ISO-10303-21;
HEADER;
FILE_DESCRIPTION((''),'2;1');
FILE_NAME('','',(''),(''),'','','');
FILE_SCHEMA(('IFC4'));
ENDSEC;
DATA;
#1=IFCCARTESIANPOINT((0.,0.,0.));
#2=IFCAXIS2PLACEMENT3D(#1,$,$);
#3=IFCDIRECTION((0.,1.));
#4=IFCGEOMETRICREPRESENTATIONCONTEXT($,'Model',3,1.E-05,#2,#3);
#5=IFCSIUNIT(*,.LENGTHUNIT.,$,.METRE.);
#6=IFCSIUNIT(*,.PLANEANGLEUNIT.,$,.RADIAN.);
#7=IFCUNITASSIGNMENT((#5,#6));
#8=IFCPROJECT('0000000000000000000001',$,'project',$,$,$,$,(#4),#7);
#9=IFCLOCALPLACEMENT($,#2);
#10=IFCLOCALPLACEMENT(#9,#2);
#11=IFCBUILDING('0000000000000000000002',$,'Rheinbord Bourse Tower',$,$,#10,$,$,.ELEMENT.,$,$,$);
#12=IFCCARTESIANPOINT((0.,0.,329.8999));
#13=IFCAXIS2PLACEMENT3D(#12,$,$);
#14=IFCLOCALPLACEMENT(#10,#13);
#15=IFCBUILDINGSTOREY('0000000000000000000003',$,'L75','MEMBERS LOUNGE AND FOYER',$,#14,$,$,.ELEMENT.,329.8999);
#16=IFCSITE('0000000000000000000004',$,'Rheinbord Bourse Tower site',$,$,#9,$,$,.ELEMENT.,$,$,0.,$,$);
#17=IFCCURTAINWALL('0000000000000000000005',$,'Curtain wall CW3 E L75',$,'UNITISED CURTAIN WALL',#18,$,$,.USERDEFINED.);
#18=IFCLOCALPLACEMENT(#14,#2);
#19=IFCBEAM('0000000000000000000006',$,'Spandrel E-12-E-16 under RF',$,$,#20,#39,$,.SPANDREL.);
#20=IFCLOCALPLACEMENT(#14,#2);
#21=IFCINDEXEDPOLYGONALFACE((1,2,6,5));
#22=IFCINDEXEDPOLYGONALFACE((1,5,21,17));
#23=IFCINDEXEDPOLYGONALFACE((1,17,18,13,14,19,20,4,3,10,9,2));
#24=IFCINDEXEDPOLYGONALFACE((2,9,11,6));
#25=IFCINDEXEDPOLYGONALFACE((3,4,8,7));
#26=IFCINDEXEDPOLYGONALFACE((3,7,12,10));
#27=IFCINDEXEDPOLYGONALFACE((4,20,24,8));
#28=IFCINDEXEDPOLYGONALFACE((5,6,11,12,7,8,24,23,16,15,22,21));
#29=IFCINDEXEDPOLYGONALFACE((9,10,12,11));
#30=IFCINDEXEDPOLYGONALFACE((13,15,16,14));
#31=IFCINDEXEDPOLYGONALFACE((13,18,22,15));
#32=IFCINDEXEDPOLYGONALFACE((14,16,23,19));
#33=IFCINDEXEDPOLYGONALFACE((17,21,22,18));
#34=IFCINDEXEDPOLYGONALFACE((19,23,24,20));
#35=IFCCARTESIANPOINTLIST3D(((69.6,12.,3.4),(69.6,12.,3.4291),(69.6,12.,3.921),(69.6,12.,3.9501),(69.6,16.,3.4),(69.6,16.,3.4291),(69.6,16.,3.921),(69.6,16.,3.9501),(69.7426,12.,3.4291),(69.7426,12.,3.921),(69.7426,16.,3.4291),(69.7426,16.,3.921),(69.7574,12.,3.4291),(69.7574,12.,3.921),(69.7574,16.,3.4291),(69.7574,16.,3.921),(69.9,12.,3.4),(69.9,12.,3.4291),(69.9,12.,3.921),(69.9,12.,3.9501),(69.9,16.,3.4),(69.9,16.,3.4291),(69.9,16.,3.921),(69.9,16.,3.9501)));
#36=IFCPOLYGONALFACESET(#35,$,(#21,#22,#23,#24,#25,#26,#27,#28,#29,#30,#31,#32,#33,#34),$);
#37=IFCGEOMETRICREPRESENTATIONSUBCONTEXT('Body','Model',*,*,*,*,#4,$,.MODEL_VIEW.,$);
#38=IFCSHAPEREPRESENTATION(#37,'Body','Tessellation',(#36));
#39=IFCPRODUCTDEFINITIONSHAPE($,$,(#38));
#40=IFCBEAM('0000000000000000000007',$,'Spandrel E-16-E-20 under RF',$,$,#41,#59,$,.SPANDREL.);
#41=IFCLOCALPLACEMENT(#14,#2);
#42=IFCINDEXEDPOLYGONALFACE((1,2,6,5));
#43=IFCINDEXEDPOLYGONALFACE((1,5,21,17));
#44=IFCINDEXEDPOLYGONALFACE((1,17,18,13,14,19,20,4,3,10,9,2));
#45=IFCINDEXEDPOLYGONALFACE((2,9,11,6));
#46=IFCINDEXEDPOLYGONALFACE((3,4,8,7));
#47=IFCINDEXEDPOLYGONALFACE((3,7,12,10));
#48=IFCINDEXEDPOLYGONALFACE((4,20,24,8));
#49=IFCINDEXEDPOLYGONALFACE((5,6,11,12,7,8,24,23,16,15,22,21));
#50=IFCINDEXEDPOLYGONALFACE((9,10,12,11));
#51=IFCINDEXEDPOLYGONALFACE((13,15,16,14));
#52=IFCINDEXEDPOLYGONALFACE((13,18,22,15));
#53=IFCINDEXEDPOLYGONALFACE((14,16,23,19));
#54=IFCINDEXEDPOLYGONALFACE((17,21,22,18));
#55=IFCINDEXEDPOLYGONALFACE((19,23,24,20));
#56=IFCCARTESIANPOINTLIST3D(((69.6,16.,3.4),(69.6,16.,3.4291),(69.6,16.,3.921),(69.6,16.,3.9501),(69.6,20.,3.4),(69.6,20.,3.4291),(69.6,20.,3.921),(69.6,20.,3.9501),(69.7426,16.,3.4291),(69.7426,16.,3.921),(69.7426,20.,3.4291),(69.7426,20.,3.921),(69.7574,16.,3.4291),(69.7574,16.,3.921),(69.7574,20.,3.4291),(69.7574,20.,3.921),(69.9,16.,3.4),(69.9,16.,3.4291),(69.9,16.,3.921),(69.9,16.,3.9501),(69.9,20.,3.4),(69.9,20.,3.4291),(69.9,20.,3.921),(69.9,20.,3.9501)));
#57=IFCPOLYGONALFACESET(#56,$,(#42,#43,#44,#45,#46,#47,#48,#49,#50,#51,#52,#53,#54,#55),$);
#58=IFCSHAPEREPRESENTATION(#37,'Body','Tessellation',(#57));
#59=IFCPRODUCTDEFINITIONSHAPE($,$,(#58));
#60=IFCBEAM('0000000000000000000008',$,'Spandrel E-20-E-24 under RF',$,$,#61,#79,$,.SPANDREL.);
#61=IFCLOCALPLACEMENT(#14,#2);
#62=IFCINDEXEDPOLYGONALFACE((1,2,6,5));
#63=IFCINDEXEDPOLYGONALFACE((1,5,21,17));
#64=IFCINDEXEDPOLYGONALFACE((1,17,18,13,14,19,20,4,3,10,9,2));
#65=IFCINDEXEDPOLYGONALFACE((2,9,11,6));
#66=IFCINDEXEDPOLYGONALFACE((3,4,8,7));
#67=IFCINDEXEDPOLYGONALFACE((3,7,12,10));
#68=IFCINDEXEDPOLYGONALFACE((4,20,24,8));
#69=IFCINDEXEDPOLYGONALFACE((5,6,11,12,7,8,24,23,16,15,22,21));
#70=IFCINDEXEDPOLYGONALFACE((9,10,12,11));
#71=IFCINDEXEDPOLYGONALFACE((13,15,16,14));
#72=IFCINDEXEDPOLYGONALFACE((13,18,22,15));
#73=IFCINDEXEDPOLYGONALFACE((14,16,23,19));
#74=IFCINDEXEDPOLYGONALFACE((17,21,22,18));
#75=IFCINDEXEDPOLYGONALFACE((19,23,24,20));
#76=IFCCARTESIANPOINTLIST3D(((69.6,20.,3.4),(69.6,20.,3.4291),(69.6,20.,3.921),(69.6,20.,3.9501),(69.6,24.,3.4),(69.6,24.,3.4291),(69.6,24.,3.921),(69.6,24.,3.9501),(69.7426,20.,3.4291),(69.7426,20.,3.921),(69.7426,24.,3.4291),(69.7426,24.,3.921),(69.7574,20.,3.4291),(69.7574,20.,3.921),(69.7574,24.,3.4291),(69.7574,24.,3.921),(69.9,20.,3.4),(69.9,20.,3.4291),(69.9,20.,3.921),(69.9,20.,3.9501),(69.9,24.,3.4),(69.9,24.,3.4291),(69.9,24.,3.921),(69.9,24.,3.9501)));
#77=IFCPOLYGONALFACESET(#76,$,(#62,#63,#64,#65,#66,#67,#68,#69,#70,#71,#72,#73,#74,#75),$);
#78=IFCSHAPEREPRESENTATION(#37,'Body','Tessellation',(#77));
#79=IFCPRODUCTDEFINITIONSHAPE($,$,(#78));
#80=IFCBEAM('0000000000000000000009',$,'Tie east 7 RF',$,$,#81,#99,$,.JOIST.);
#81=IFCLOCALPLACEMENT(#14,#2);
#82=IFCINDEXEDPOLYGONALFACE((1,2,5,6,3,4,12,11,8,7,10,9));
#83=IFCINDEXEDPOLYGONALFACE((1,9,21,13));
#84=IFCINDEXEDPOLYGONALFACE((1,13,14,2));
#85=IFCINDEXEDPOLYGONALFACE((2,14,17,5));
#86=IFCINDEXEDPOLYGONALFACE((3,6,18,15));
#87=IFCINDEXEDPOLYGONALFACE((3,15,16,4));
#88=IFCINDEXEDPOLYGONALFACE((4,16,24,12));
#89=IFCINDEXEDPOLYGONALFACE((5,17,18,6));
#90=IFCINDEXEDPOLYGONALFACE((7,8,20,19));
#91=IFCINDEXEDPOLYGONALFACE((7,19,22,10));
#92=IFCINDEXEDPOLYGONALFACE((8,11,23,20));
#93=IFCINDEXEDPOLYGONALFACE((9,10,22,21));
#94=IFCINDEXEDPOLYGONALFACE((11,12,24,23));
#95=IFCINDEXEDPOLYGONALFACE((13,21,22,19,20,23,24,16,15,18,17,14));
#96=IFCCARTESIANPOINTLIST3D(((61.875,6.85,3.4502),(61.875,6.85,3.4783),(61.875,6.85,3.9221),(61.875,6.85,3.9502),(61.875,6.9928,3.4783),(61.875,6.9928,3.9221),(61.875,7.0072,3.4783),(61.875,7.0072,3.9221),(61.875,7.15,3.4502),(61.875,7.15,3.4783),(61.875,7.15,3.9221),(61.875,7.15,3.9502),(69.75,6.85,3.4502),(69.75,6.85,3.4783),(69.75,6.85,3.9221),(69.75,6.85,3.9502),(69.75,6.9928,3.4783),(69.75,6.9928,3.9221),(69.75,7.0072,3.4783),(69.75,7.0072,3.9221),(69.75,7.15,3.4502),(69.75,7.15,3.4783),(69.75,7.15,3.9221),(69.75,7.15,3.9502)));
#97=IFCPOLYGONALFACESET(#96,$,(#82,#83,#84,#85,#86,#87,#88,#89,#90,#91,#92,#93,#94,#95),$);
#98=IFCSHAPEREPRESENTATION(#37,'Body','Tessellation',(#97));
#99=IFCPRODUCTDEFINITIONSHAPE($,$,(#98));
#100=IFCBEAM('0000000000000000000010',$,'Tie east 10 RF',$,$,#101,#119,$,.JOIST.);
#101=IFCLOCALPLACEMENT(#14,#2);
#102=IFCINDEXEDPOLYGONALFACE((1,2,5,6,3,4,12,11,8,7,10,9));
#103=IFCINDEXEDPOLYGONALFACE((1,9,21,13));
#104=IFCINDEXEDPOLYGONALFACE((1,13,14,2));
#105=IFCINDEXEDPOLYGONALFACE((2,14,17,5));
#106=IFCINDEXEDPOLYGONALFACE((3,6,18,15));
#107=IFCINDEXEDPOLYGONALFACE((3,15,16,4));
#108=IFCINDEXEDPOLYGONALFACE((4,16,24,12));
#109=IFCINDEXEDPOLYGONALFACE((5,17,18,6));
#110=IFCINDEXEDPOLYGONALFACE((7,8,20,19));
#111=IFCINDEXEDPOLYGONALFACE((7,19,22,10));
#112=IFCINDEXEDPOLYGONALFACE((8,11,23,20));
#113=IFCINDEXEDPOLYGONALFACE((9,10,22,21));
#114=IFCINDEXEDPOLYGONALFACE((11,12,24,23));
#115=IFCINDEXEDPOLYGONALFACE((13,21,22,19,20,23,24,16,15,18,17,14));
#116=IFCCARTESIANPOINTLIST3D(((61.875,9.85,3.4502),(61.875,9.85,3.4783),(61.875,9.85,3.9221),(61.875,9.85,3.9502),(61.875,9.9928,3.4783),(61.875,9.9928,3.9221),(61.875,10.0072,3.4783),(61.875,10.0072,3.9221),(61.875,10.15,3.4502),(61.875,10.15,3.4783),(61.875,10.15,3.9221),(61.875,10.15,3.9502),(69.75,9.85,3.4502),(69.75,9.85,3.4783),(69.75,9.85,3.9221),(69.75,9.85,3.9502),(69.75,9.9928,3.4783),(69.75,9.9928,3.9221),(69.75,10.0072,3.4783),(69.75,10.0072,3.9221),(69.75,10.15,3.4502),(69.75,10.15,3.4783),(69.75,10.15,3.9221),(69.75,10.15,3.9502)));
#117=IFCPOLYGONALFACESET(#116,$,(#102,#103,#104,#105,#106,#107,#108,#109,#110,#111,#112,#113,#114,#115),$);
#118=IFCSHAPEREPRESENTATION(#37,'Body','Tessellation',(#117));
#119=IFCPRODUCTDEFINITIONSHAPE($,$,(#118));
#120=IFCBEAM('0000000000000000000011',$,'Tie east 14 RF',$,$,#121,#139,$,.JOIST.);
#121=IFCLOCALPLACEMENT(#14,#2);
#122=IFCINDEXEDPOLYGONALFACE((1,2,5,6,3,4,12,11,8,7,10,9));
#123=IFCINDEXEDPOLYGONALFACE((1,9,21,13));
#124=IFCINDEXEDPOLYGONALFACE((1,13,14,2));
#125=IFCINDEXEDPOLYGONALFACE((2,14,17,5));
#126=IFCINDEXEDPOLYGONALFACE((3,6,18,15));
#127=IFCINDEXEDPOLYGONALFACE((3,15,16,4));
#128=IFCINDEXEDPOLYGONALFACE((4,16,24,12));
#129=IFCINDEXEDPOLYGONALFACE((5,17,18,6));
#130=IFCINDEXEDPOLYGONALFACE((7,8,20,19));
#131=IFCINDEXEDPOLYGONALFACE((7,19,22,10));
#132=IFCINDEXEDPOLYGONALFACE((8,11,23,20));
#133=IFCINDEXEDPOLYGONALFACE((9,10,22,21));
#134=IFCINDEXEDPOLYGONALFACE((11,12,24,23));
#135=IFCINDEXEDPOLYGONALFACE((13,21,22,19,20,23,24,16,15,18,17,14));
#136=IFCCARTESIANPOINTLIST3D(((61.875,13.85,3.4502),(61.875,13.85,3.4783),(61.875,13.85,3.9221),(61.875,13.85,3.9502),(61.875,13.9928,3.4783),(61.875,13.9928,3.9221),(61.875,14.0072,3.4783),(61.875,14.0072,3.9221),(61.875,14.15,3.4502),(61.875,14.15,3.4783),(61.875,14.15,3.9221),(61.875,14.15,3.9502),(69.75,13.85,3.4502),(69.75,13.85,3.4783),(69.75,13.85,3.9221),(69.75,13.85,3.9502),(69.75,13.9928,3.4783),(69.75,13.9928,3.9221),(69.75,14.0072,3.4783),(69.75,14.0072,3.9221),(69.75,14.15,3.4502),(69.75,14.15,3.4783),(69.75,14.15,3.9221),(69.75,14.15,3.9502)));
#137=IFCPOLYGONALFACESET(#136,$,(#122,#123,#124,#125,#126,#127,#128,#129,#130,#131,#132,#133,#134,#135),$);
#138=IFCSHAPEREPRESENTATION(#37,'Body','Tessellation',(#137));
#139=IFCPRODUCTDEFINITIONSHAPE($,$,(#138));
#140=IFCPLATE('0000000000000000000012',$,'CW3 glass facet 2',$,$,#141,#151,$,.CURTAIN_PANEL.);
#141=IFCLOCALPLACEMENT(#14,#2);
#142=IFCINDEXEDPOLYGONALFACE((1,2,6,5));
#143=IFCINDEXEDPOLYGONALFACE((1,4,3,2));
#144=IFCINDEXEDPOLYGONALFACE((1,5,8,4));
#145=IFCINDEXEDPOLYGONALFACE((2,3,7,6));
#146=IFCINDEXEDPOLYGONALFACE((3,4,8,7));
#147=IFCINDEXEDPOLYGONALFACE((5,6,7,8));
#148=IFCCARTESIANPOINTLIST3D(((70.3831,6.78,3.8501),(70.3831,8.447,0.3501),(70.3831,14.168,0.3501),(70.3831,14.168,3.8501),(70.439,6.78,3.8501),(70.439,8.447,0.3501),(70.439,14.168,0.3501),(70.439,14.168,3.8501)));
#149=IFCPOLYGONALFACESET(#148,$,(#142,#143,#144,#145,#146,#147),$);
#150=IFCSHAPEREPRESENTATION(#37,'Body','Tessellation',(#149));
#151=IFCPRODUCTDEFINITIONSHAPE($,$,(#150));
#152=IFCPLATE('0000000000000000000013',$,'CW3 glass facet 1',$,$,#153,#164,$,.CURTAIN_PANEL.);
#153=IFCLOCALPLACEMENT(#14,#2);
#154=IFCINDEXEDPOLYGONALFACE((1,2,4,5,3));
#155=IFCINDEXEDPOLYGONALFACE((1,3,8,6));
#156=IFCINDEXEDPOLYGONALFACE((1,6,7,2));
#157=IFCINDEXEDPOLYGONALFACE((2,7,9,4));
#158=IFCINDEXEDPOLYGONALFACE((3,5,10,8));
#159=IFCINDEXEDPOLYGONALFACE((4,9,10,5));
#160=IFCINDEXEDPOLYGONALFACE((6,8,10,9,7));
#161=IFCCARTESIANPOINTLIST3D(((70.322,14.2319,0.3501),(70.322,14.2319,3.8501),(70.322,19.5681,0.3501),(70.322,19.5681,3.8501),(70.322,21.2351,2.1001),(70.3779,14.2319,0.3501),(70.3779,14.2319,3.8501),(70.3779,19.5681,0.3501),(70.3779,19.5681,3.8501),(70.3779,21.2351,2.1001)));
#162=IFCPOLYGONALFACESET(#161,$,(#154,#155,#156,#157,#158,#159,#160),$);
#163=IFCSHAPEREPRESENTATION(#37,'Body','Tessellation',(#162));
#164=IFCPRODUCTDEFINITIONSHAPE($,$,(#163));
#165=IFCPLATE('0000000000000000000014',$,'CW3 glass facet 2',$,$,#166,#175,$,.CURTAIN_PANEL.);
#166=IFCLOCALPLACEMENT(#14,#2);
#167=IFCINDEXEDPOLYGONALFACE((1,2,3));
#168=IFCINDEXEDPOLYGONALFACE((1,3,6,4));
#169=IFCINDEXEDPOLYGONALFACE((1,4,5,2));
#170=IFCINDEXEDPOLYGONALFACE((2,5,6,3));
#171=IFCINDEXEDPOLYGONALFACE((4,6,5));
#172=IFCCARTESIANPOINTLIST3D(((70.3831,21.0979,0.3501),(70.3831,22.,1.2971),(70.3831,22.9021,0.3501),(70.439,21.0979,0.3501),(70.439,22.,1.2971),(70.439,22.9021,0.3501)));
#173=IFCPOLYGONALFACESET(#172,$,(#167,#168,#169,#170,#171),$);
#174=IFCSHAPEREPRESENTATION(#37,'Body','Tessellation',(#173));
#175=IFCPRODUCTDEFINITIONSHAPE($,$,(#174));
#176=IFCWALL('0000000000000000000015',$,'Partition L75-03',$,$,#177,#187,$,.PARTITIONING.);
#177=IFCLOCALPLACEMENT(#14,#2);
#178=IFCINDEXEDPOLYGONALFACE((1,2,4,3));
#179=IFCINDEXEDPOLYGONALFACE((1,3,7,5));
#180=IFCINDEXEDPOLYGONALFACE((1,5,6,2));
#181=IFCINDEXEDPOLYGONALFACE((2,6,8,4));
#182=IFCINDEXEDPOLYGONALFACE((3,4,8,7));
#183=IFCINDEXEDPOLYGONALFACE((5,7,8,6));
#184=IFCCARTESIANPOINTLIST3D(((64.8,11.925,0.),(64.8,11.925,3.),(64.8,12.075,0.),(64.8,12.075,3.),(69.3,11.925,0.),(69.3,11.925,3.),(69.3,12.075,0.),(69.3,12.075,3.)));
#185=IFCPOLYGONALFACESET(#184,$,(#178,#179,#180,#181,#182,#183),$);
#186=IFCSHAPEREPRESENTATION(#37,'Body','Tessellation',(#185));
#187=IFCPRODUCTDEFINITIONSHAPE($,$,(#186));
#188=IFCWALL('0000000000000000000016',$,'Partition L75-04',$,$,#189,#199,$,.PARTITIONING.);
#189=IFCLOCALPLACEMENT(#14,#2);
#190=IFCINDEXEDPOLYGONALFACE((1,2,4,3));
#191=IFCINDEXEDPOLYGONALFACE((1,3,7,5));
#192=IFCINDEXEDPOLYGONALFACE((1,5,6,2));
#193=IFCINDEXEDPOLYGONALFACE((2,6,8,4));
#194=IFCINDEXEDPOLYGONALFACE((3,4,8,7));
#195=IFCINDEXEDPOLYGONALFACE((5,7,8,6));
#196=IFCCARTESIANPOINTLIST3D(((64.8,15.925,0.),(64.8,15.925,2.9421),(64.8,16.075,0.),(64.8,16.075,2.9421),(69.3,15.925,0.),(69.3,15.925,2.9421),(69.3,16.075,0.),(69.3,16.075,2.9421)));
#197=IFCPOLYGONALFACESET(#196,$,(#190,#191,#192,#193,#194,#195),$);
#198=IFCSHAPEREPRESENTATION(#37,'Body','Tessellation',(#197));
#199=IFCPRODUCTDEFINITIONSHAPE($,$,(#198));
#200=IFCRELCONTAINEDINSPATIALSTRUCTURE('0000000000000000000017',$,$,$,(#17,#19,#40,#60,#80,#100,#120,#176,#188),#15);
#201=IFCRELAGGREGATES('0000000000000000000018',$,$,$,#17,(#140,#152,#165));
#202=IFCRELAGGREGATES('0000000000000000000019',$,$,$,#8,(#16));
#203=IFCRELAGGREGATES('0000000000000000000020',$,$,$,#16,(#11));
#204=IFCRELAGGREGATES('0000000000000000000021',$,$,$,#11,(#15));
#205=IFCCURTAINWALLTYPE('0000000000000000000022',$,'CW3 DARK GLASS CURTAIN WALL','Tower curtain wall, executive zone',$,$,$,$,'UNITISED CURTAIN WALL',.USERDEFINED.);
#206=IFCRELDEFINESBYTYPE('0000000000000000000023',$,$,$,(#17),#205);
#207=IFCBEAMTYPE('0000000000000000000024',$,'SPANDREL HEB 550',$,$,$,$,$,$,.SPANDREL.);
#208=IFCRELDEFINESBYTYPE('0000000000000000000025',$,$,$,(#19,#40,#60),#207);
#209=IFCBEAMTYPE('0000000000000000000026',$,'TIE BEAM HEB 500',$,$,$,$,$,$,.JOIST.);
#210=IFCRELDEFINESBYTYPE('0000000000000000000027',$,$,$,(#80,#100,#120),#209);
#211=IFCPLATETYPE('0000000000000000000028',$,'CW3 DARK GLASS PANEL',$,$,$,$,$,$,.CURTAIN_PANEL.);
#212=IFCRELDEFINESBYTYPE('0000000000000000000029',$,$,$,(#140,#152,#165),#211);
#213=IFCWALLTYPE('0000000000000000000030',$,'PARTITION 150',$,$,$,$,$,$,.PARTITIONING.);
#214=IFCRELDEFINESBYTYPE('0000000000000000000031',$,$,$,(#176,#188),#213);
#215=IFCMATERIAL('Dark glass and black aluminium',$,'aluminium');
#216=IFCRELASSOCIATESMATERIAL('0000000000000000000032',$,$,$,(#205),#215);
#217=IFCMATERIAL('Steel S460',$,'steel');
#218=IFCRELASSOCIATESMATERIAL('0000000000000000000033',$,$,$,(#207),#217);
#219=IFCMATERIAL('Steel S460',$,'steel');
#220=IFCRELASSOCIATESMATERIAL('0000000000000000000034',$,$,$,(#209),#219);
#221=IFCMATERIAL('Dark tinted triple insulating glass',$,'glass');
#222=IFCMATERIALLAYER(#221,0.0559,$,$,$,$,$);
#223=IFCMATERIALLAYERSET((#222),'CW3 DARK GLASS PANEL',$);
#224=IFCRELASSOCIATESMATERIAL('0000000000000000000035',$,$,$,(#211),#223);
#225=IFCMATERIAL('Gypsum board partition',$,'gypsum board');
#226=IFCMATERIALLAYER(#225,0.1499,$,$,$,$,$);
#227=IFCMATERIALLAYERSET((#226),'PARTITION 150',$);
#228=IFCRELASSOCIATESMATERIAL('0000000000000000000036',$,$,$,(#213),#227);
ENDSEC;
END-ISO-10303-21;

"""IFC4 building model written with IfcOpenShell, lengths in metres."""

from ifc_helpers import new_model, si_unit, direction, frame, frame_2d, origin, origin_2d, place, context, subcontext, project, spatial, polyline, rectangle, i_section, outline, extrude, material, layer, layer_set, material_profile, profile_set, type_object, element, aggregate, save


model = new_model("IFC4")

# Units and contexts
model_context = context("Model", 3, precision=1e-05, world=origin(), true_north=direction((0.0, 1.0)))
body_context = subcontext(model_context, "Body", "Model", "MODEL_VIEW")
ifc_project = project(units=[si_unit("LENGTHUNIT", "METRE"), si_unit("PLANEANGLEUNIT", "RADIAN")], contexts=[model_context])

# Site, building, storey
site_placement = place(None, origin())
site = spatial("IfcSite", under=ifc_project, at=site_placement, Name="Rheinbord Bourse Tower site", CompositionType="ELEMENT", RefElevation=0.0)
building_placement = place(site_placement, origin())
building = spatial("IfcBuilding", under=site, at=building_placement, Name="Rheinbord Bourse Tower", CompositionType="ELEMENT")
storey_placement = place(building_placement, frame((0.0, 0.0, 329.8999)))
storey = spatial("IfcBuildingStorey", under=building, at=storey_placement, Name="L75", Description="MEMBERS LOUNGE AND FOYER", CompositionType="ELEMENT", Elevation=329.8999)

# Curtain wall
ifc_material_1 = material(Name="Dark glass and black aluminium", Category="aluminium")
curtain_wall_type = type_object("IfcCurtainWallType", Name="CW3 DARK GLASS CURTAIN WALL", Description="Tower curtain wall, executive zone", ElementType="UNITISED CURTAIN WALL", PredefinedType="USERDEFINED", material=ifc_material_1)
curtain_wall_placement = place(storey_placement, origin())
curtain_wall = element("IfcCurtainWall", 1, at=curtain_wall_placement, inside=storey, type_object=curtain_wall_type, Name="Curtain wall CW3 E L75", ObjectType="UNITISED CURTAIN WALL", PredefinedType="USERDEFINED")

# Beams
ifc_material_2 = material(Name="Steel S460", Category="steel")
ifc_material_profile_1 = material_profile(ifc_material_2, i_section(OverallWidth=0.3, OverallDepth=0.55, WebThickness=0.0149, FlangeThickness=0.0291, at=origin_2d()), Name="HEB 550")
ifc_profile_set_1 = profile_set([ifc_material_profile_1], Name="Steel S460")
beam_type_1 = type_object("IfcBeamType", Name="SPANDREL HEB 550", PredefinedType="SPANDREL", material=ifc_profile_set_1)
for number, where, z_axis, x_axis, name in (
    (2, (69.75, 12.0, 3.675), (0.0, 1.0, 0.0), (-1.0, 0.0, 0.0), "Spandrel E-12-E-16 under RF"),
    (3, (69.75, 16.0, 3.675), (0.0, 1.0, 0.0), (-1.0, 0.0, 0.0), "Spandrel E-16-E-20 under RF"),
    (4, (69.75, 20.0, 3.675), (0.0, 1.0, 0.0), (-1.0, 0.0, 0.0), "Spandrel E-20-E-24 under RF"),
):
    element("IfcBeam", number, at=place(storey_placement, frame(where, z_axis=z_axis, x_axis=x_axis)), inside=storey, type_object=beam_type_1, Name=name, PredefinedType="SPANDREL", context=body_context, shape_type="SweptSolid", body=[
        extrude(i_section(OverallWidth=0.3, OverallDepth=0.55, WebThickness=0.0149, FlangeThickness=0.0291, at=origin_2d()), origin(), (0.0, 0.0, 1.0), 4.0),
    ])
ifc_material_3 = material(Name="Steel S460", Category="steel")
ifc_material_profile_2 = material_profile(ifc_material_3, i_section(OverallWidth=0.3, OverallDepth=0.5, WebThickness=0.0144, FlangeThickness=0.0281, at=origin_2d()), Name="HEB 500")
ifc_profile_set_2 = profile_set([ifc_material_profile_2], Name="Steel S460")
beam_type_2 = type_object("IfcBeamType", Name="TIE BEAM HEB 500", PredefinedType="JOIST", material=ifc_profile_set_2)
for number, where, z_axis, x_axis, name in (
    (5, (61.875, 7.0, 3.7002), (1.0, 0.0, 0.0), (0.0, 1.0, 0.0), "Tie east 7 RF"),
    (6, (61.875, 10.0, 3.7002), (1.0, 0.0, 0.0), (0.0, 1.0, 0.0), "Tie east 10 RF"),
    (7, (61.875, 14.0, 3.7002), (1.0, 0.0, 0.0), (0.0, 1.0, 0.0), "Tie east 14 RF"),
):
    element("IfcBeam", number, at=place(storey_placement, frame(where, z_axis=z_axis, x_axis=x_axis)), inside=storey, type_object=beam_type_2, Name=name, PredefinedType="JOIST", context=body_context, shape_type="SweptSolid", body=[
        extrude(i_section(OverallWidth=0.3, OverallDepth=0.5, WebThickness=0.0144, FlangeThickness=0.0281, at=origin_2d()), origin(), (0.0, 0.0, 1.0), 7.875),
    ])

# Plates
ifc_material_4 = material(Name="Dark tinted triple insulating glass", Category="glass")
ifc_layer_1 = layer(ifc_material_4, 0.0559)
ifc_layer_set_1 = layer_set([ifc_layer_1], Name="CW3 DARK GLASS PANEL")
plate_type = type_object("IfcPlateType", Name="CW3 DARK GLASS PANEL", PredefinedType="CURTAIN_PANEL", material=ifc_layer_set_1)
plate_1_placement = place(storey_placement, frame((70.439, 14.168, 3.8501), z_axis=(-1.0, 0.0, 0.0), x_axis=(0.0, 0.0, -1.0)))
plate_1 = element("IfcPlate", 8, at=plate_1_placement, type_object=plate_type, Name="CW3 glass facet 2", PredefinedType="CURTAIN_PANEL", context=body_context, shape_type="SweptSolid", body=[
    extrude(outline(polyline([(0.0, 0.0), (3.5, 0.0), (3.5, 5.7209), (0.0, 7.3879), (0.0, 0.0)])), origin(), (0.0, 0.0, 1.0), 0.0559),
])
plate_2_placement = place(storey_placement, frame((70.3779, 14.2319, 0.3501), z_axis=(-1.0, 0.0, 0.0), x_axis=(0.0, 0.0, 1.0)))
plate_2 = element("IfcPlate", 9, at=plate_2_placement, type_object=plate_type, Name="CW3 glass facet 1", PredefinedType="CURTAIN_PANEL", context=body_context, shape_type="SweptSolid", body=[
    extrude(outline(polyline([(0.0, 0.0), (3.5, 0.0), (3.5, 5.3362), (1.75, 7.0032), (0.0, 5.3362), (0.0, 0.0)])), origin(), (0.0, 0.0, 1.0), 0.0559),
])
plate_3_placement = place(storey_placement, frame((70.439, 21.0979, 0.3501), z_axis=(-1.0, 0.0, 0.0), x_axis=(0.0, 0.689725, 0.724071)))
plate_3 = element("IfcPlate", 10, at=plate_3_placement, type_object=plate_type, Name="CW3 glass facet 2", PredefinedType="CURTAIN_PANEL", context=body_context, shape_type="SweptSolid", body=[
    extrude(outline(polyline([(0.0, 0.0), (1.3079, 0.0), (1.2444, 1.3064), (0.0, 0.0)])), origin(), (0.0, 0.0, 1.0), 0.0559),
])
aggregate(curtain_wall, [plate_1, plate_2, plate_3])

# Walls
ifc_material_5 = material(Name="Gypsum board partition", Category="gypsum board")
ifc_layer_2 = layer(ifc_material_5, 0.1499)
ifc_layer_set_2 = layer_set([ifc_layer_2], Name="PARTITION 150")
wall_type = type_object("IfcWallType", Name="PARTITION 150", PredefinedType="PARTITIONING", material=ifc_layer_set_2)
wall_1_placement = place(storey_placement, frame((64.8, 12.0, 0.0), z_axis=(0.0, 0.0, 1.0), x_axis=(1.0, 0.0, 0.0)))
element("IfcWall", 11, at=wall_1_placement, inside=storey, type_object=wall_type, Name="Partition L75-03", PredefinedType="PARTITIONING", context=body_context, shape_type="SweptSolid", body=[
    extrude(rectangle(XDim=4.5, YDim=0.1499, at=frame_2d((2.25, 0.0))), origin(), (0.0, 0.0, 1.0), 3.0),
])
wall_2_placement = place(storey_placement, frame((64.8, 16.0, 0.0), z_axis=(0.0, 0.0, 1.0), x_axis=(1.0, 0.0, 0.0)))
element("IfcWall", 12, at=wall_2_placement, inside=storey, type_object=wall_type, Name="Partition L75-04", PredefinedType="PARTITIONING", context=body_context, shape_type="SweptSolid", body=[
    extrude(rectangle(XDim=4.5, YDim=0.1499, at=frame_2d((2.25, 0.0))), origin(), (0.0, 0.0, 1.0), 2.9421),
])

save(model, "model.ifc")
